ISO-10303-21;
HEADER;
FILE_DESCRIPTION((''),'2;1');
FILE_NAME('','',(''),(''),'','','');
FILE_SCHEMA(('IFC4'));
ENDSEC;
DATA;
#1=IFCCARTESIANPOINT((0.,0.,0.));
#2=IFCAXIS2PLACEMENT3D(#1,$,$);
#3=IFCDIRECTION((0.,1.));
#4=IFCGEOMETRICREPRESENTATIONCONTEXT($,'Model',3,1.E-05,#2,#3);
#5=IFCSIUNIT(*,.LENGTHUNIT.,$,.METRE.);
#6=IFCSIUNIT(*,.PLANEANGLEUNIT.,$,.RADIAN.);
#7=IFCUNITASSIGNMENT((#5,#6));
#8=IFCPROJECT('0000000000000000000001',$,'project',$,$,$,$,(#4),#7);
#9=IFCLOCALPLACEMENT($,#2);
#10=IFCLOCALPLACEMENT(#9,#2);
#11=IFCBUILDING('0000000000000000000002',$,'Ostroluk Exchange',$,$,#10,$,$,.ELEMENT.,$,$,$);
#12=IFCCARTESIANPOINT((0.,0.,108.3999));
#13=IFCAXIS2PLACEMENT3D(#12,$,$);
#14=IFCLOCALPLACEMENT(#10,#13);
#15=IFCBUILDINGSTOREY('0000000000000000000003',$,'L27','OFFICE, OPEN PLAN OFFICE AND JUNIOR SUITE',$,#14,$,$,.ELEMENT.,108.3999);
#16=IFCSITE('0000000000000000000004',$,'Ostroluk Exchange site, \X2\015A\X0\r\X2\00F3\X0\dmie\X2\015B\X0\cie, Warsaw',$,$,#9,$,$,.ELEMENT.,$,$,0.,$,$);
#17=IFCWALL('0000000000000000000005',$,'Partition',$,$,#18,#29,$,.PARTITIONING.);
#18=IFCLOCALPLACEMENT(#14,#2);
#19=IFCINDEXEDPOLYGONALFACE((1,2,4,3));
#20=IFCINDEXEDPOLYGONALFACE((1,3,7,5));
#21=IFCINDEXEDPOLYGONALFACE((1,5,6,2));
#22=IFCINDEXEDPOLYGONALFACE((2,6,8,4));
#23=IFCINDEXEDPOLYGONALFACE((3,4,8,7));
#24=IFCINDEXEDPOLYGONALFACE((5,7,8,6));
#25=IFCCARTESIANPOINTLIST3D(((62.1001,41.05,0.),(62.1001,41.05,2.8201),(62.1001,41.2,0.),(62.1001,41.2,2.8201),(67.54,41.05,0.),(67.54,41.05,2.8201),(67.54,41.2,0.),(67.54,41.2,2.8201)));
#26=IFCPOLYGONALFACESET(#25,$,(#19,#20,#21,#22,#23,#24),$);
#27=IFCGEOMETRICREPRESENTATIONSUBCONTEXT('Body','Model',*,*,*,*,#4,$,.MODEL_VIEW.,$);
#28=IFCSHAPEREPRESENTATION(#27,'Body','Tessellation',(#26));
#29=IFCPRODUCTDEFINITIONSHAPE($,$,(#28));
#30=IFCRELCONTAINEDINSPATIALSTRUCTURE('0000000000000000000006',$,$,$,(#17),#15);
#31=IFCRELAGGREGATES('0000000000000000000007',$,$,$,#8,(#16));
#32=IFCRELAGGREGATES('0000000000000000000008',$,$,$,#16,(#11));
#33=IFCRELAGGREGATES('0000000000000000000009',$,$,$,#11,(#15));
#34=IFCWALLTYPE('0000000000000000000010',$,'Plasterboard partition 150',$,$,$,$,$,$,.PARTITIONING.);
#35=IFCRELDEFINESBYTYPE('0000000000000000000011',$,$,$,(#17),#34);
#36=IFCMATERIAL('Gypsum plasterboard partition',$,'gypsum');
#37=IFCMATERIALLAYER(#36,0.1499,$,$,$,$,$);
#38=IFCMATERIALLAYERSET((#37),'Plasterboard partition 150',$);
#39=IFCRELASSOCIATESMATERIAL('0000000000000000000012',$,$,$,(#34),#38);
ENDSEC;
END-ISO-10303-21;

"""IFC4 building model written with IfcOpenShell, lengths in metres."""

from ifc_helpers import new_model, si_unit, direction, frame, frame_2d, origin, place, context, subcontext, project, spatial, rectangle, extrude, material, layer, layer_set, type_object, element, save


model = new_model("IFC4")

# Units and contexts
model_context = context("Model", 3, precision=1e-05, world=origin(), true_north=direction((0.0, 1.0)))
body_context = subcontext(model_context, "Body", "Model", "MODEL_VIEW")
ifc_project = project(units=[si_unit("LENGTHUNIT", "METRE"), si_unit("PLANEANGLEUNIT", "RADIAN")], contexts=[model_context])

# Site, building, storey
site_placement = place(None, origin())
site = spatial("IfcSite", under=ifc_project, at=site_placement, Name="Ostroluk Exchange site, Śródmieście, Warsaw", CompositionType="ELEMENT", RefElevation=0.0)
building_placement = place(site_placement, origin())
building = spatial("IfcBuilding", under=site, at=building_placement, Name="Ostroluk Exchange", CompositionType="ELEMENT")
storey_placement = place(building_placement, frame((0.0, 0.0, 108.3999)))
storey = spatial("IfcBuildingStorey", under=building, at=storey_placement, Name="L27", Description="OFFICE, OPEN PLAN OFFICE AND JUNIOR SUITE", CompositionType="ELEMENT", Elevation=108.3999)

# Wall
ifc_material_1 = material(Name="Gypsum plasterboard partition", Category="gypsum")
ifc_layer_1 = layer(ifc_material_1, 0.1499)
ifc_layer_set_1 = layer_set([ifc_layer_1], Name="Plasterboard partition 150")
wall_type_1 = type_object("IfcWallType", Name="Plasterboard partition 150", PredefinedType="PARTITIONING", material=ifc_layer_set_1)
wall_1_placement = place(storey_placement, frame((62.1001, 41.125, 0.0), z_axis=(0.0, 0.0, 1.0), x_axis=(1.0, 0.0, 0.0)))
element("IfcWall", 1, at=wall_1_placement, inside=storey, type_object=wall_type_1, Name="Partition", PredefinedType="PARTITIONING", context=body_context, shape_type="SweptSolid", body=[
    extrude(rectangle(XDim=5.4399, YDim=0.1499, at=frame_2d((2.72, 0.0))), origin(), (0.0, 0.0, 1.0), 2.8201),
])

save(model, "model.ifc")
